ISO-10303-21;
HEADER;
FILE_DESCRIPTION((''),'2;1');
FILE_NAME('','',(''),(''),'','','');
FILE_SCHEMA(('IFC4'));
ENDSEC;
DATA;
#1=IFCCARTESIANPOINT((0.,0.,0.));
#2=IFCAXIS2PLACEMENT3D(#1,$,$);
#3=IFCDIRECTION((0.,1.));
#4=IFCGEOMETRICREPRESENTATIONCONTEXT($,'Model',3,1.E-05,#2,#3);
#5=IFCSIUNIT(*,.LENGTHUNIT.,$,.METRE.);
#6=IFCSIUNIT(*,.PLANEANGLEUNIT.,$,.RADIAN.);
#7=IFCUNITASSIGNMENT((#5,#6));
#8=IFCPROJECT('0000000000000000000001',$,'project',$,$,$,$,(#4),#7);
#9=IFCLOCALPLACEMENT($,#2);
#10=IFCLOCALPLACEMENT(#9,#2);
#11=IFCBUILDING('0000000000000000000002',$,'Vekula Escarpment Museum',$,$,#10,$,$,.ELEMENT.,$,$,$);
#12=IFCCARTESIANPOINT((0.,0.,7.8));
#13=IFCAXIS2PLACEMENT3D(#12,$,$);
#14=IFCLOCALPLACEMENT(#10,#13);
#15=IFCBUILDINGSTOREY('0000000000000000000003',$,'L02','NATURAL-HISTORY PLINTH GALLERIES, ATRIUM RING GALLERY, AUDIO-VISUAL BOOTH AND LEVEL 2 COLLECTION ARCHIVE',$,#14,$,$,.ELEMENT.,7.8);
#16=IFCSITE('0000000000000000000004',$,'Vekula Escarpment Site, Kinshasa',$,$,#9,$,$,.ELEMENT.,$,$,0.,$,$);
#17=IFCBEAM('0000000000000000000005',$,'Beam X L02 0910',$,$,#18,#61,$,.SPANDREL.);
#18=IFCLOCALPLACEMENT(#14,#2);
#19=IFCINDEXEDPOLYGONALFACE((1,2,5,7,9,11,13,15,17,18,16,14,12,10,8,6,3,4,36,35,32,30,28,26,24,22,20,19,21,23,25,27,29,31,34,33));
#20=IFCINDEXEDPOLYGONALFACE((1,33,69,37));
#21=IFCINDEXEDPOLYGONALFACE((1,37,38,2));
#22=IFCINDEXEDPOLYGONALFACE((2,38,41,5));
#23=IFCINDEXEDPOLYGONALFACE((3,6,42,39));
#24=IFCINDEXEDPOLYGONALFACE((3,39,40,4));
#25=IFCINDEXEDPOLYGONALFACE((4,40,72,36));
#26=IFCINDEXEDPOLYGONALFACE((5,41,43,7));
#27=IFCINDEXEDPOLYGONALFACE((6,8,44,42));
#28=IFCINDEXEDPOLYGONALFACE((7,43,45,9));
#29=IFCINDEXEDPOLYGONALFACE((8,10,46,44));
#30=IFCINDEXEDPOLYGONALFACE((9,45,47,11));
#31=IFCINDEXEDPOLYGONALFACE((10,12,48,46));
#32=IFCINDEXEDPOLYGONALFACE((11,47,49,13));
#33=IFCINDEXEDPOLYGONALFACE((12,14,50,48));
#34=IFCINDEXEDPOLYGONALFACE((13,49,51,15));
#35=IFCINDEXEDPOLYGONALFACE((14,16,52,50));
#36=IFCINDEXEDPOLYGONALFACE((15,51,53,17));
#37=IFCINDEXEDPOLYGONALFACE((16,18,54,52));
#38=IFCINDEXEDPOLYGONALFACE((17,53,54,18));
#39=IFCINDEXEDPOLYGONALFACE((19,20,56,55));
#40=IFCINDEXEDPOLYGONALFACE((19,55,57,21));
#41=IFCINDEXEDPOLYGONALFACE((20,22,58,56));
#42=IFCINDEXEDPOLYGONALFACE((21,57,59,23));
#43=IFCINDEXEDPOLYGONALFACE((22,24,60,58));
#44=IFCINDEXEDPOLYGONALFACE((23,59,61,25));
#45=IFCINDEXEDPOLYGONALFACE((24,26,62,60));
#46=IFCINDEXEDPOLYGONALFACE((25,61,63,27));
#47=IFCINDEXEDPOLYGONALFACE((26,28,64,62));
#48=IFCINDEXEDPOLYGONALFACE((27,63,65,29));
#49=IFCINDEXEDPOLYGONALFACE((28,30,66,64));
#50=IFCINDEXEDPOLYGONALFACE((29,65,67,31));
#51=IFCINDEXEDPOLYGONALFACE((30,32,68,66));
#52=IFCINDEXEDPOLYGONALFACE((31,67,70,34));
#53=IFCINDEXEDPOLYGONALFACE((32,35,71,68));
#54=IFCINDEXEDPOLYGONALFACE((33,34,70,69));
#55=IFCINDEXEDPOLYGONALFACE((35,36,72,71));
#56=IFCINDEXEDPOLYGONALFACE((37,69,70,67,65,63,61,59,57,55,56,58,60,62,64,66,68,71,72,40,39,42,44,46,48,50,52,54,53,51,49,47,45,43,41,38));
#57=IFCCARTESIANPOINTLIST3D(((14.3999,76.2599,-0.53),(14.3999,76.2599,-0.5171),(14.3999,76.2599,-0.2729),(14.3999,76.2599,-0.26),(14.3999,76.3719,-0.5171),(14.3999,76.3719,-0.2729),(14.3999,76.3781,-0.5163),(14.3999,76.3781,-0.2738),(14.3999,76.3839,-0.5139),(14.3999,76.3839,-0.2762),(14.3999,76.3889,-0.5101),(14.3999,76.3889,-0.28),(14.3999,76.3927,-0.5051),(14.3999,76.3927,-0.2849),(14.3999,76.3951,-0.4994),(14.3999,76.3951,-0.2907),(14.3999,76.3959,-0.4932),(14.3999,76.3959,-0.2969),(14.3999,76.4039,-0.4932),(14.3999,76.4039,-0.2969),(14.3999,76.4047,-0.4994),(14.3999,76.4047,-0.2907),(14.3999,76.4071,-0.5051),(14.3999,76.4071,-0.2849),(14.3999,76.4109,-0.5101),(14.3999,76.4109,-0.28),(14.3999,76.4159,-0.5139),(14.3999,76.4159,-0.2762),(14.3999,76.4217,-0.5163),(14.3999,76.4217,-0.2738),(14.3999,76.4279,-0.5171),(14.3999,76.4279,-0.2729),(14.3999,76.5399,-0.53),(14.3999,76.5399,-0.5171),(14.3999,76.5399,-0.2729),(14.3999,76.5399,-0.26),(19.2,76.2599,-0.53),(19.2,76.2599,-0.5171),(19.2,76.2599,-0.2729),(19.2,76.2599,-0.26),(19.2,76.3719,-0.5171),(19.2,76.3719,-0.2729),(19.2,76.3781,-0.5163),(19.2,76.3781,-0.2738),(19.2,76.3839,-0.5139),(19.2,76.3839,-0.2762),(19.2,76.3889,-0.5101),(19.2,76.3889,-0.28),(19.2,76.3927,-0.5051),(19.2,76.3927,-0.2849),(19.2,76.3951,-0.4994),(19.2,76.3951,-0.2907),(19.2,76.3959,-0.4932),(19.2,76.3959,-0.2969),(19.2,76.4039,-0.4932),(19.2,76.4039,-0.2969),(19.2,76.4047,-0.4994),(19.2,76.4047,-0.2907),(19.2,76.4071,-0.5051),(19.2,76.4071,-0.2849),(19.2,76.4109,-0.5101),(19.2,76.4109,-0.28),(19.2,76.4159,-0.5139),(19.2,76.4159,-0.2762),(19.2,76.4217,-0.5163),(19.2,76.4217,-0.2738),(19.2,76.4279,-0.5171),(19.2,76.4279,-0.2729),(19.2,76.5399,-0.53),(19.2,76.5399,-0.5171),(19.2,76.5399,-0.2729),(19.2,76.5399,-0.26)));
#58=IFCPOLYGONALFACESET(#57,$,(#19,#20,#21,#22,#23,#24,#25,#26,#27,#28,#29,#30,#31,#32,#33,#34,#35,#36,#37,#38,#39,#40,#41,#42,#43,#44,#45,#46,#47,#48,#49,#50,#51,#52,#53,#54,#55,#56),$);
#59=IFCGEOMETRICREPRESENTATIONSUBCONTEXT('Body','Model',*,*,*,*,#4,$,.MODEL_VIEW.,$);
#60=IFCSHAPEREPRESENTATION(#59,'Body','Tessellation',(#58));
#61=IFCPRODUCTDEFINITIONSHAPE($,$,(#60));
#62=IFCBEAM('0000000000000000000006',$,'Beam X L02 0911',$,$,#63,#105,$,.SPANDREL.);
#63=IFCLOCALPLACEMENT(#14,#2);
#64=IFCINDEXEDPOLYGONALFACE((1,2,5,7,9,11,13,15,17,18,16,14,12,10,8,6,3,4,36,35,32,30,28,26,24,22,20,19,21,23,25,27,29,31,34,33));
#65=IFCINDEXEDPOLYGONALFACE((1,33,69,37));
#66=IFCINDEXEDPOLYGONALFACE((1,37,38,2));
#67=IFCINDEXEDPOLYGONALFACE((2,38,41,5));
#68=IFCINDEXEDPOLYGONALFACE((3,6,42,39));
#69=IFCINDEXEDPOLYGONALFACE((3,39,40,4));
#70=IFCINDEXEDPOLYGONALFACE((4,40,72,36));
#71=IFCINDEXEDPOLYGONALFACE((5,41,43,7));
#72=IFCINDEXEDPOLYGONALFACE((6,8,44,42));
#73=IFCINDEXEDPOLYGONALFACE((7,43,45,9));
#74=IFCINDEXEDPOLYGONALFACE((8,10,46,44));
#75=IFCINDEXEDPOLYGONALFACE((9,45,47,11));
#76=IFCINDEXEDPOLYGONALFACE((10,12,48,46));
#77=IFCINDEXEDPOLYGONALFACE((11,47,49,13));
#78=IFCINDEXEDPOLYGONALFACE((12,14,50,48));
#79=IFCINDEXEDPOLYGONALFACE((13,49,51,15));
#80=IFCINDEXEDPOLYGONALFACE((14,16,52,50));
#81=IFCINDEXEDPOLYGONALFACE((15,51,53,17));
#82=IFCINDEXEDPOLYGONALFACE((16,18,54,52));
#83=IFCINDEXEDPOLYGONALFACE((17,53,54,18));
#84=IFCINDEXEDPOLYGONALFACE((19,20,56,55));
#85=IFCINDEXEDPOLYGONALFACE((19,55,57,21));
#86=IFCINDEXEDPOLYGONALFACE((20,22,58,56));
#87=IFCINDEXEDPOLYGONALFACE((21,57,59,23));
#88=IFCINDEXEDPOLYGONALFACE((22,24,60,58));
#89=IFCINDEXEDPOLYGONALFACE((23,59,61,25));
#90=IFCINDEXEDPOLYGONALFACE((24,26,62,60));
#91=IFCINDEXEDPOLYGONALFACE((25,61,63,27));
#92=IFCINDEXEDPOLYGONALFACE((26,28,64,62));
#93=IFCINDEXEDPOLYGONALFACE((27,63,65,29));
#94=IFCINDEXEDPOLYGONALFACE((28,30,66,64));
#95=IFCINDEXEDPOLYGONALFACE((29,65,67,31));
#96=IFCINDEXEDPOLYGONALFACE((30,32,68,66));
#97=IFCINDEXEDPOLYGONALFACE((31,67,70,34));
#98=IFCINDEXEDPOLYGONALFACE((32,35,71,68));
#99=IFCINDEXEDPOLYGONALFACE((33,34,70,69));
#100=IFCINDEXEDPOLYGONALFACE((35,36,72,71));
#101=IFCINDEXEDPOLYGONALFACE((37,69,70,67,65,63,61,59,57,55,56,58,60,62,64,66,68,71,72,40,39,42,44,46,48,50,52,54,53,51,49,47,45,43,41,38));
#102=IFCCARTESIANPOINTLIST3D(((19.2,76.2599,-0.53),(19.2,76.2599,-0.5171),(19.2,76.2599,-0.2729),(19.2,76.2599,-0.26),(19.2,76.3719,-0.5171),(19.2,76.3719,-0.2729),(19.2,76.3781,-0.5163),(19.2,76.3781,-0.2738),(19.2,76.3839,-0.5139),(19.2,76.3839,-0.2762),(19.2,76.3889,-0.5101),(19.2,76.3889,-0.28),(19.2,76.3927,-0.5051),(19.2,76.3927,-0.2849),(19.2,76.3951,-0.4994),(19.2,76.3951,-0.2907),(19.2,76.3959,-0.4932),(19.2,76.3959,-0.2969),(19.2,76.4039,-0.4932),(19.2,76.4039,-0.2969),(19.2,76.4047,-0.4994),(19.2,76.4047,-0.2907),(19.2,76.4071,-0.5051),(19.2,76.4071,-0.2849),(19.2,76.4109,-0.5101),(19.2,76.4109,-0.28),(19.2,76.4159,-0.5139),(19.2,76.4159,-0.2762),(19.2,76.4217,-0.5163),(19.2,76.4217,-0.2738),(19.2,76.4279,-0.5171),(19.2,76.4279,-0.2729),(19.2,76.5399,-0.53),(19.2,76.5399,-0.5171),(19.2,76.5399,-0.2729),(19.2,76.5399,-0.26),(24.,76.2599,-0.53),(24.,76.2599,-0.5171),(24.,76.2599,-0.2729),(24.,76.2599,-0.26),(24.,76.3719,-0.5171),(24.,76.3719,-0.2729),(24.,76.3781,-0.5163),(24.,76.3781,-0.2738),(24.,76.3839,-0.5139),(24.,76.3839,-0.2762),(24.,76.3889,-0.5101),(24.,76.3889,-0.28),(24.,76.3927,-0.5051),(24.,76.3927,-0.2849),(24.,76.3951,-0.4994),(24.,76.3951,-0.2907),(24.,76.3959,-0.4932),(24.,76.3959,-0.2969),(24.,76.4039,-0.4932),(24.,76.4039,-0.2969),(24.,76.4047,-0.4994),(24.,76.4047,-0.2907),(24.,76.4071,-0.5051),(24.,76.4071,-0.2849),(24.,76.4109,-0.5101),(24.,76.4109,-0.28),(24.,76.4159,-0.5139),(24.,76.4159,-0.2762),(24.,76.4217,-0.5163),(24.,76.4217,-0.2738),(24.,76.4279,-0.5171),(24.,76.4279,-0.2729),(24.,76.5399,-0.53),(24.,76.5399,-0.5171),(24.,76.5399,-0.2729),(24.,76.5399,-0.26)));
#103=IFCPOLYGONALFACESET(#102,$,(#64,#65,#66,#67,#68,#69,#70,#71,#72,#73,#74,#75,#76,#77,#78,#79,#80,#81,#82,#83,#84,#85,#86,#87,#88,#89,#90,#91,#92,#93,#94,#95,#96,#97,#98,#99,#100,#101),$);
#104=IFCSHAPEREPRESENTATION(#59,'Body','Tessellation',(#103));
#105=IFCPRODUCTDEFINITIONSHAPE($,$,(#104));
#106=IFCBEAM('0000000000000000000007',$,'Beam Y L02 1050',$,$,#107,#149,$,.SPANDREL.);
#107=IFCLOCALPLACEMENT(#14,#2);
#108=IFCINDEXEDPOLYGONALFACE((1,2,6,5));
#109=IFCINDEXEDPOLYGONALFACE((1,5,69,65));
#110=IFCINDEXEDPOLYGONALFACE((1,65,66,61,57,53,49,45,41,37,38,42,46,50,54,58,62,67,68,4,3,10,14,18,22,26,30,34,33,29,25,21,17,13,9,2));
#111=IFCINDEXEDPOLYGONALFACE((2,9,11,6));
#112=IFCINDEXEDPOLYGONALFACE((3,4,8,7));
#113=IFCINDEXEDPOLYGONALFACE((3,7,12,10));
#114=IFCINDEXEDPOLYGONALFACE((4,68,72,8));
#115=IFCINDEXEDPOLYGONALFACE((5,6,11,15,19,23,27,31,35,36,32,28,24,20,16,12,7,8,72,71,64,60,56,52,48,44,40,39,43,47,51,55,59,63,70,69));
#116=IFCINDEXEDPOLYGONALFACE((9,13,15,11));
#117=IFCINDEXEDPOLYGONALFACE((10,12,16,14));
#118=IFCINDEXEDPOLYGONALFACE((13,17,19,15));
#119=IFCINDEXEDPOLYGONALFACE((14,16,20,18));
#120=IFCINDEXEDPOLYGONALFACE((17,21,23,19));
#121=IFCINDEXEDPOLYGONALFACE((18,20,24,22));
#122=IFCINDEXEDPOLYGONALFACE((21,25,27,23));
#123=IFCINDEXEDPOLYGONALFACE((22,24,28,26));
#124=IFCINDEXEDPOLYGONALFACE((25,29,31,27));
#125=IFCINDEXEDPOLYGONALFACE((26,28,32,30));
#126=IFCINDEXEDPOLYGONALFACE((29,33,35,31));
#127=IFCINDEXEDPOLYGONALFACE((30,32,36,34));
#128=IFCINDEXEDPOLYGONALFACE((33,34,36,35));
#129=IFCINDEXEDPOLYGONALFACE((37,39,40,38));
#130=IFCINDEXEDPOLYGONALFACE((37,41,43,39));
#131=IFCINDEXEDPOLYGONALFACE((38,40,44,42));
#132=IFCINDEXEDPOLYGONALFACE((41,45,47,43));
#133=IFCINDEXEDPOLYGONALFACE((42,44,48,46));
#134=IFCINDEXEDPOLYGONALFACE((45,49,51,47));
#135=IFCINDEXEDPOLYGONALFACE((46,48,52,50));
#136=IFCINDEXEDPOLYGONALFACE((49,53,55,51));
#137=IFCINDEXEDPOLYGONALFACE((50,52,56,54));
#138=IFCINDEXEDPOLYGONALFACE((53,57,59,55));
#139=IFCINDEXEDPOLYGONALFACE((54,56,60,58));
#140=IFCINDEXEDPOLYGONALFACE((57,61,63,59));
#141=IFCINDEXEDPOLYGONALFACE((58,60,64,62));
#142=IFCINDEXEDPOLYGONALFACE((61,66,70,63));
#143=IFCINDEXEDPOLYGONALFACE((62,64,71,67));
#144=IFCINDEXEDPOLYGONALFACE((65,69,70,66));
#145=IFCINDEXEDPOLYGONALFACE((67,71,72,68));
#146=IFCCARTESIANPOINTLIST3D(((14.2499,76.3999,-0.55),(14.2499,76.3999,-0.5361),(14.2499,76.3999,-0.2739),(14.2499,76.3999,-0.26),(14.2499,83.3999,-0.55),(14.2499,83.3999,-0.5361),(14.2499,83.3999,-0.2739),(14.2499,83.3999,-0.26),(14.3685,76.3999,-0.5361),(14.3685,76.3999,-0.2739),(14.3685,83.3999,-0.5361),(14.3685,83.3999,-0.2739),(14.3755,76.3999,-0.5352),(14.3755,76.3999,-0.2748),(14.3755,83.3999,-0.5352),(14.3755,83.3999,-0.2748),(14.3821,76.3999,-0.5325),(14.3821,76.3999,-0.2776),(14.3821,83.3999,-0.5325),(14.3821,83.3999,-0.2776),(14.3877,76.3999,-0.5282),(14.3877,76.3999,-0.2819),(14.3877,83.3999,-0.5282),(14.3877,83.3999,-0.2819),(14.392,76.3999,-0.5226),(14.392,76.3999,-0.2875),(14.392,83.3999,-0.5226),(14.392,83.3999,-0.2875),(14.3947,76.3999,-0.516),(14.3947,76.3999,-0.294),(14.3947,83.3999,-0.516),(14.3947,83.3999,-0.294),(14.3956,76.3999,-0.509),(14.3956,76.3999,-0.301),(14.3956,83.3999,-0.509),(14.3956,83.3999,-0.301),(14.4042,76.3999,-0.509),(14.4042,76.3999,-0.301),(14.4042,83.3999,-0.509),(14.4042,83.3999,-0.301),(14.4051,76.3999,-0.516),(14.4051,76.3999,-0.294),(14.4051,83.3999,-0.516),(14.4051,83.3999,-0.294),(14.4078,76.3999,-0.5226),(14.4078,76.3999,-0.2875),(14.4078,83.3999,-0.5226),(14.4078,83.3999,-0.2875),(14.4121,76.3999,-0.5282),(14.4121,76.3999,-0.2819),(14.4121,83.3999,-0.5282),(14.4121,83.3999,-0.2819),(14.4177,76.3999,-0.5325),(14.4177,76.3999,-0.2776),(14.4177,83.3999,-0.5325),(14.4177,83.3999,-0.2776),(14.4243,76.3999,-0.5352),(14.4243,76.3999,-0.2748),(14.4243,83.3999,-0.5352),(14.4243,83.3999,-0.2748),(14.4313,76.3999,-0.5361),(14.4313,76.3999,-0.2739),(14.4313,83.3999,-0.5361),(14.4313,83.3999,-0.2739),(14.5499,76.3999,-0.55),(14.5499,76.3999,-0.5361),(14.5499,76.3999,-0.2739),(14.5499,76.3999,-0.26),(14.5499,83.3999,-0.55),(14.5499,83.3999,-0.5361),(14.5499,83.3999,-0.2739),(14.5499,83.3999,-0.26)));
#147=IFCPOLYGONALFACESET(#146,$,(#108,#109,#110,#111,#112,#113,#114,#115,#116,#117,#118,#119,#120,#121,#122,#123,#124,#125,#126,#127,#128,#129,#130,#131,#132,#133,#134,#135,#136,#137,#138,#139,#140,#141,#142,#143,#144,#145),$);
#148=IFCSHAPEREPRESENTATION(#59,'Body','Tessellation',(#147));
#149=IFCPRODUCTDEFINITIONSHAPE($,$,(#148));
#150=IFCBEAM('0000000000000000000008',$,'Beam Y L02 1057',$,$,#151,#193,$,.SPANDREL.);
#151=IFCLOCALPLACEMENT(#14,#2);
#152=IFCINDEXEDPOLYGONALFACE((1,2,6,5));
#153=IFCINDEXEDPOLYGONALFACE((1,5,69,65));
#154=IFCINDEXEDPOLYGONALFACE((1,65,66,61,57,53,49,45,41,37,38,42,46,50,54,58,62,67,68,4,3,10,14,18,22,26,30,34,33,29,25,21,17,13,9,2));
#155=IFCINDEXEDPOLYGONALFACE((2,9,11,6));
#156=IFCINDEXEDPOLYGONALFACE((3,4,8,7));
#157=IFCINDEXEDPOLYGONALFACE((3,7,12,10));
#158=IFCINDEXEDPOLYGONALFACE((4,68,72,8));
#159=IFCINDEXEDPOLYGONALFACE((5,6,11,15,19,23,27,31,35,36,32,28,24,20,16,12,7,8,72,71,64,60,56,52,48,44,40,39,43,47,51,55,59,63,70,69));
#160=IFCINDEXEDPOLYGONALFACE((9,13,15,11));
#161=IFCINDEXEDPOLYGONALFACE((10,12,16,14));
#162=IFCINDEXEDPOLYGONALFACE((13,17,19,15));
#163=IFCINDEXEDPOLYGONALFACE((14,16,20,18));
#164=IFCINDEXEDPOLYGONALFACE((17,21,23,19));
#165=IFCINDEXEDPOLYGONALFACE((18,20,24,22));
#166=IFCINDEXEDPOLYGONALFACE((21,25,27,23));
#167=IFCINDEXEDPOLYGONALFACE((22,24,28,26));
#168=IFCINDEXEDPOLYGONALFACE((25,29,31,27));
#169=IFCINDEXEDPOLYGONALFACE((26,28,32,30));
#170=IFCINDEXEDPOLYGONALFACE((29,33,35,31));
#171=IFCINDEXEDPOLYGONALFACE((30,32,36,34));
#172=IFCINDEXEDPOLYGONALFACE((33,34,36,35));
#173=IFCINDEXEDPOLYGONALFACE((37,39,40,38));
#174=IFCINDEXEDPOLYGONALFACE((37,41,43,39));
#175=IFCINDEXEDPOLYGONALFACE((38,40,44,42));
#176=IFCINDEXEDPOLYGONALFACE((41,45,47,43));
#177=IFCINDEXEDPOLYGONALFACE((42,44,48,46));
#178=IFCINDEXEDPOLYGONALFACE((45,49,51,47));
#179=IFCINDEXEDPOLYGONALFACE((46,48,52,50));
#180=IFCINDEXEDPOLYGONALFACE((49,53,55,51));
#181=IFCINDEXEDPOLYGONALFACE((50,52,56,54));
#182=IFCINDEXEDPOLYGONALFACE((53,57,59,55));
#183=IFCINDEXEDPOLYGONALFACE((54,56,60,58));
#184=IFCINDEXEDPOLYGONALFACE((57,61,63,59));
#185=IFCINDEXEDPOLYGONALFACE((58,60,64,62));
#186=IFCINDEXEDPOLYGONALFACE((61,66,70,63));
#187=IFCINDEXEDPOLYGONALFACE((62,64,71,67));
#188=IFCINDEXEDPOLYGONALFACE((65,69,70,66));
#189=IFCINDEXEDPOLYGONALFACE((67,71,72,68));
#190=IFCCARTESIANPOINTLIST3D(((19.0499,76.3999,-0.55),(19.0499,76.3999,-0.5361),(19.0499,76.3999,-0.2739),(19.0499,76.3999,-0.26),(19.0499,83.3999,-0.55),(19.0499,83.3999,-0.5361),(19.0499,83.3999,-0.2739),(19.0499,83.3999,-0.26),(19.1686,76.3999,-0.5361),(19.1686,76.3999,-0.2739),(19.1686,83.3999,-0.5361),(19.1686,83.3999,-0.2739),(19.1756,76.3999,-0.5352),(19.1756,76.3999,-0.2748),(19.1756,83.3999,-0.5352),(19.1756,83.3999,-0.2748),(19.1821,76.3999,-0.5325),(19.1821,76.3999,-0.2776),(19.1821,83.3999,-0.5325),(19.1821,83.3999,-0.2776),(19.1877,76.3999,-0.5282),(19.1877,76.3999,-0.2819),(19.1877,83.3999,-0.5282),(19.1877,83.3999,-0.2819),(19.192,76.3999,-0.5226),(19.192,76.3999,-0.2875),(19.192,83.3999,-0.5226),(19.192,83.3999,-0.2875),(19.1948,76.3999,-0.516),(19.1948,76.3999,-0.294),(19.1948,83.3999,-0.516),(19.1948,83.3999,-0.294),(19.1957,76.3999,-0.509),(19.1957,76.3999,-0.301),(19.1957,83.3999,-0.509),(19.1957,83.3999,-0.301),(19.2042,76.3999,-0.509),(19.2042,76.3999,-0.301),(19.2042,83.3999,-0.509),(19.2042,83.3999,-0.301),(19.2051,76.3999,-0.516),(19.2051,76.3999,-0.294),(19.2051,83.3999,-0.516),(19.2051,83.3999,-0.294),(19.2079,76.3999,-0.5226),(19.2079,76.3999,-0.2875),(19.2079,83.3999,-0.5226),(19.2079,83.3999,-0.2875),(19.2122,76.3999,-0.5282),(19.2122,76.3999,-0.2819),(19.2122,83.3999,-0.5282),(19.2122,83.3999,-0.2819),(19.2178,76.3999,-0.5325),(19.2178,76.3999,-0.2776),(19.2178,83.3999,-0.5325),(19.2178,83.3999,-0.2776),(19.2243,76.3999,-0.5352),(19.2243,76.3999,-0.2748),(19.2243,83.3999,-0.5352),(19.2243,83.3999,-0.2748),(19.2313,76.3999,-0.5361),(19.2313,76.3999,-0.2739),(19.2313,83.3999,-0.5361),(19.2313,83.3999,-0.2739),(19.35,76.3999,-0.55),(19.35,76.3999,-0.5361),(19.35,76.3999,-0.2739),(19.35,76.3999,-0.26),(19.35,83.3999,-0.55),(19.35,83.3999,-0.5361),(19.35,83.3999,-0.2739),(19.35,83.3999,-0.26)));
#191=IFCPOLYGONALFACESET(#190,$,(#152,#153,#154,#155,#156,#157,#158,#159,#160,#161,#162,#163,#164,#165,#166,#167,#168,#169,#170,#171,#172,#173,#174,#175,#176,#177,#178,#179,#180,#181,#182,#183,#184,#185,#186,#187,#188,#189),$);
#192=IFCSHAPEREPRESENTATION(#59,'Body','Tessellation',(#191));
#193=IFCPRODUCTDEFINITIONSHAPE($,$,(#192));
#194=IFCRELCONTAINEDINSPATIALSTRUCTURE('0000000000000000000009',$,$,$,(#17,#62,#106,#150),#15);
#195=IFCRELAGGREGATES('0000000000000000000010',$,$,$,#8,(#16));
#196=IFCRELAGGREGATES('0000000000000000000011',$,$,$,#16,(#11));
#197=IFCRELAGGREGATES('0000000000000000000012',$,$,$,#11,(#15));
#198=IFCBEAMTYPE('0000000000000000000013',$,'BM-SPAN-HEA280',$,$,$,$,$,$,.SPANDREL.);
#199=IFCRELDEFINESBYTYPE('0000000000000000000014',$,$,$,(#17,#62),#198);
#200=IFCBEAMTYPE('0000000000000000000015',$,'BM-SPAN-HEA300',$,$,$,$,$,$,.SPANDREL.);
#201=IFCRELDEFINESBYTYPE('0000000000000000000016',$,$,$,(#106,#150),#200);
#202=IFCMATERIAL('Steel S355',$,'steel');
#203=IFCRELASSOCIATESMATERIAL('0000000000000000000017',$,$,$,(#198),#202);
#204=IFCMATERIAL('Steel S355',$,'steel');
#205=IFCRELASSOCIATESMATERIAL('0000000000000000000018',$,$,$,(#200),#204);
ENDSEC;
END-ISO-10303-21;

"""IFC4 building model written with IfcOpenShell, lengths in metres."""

from ifc_helpers import new_model, si_unit, direction, frame, origin, origin_2d, place, context, subcontext, project, spatial, i_section, extrude, material, material_profile, profile_set, type_object, element, save


model = new_model("IFC4")

# Units and contexts
model_context = context("Model", 3, precision=1e-05, world=origin(), true_north=direction((0.0, 1.0)))
body_context = subcontext(model_context, "Body", "Model", "MODEL_VIEW")
ifc_project = project(units=[si_unit("LENGTHUNIT", "METRE"), si_unit("PLANEANGLEUNIT", "RADIAN")], contexts=[model_context])

# Site, building, storey
site_placement = place(None, origin())
site = spatial("IfcSite", under=ifc_project, at=site_placement, Name="Vekula Escarpment Site, Kinshasa", CompositionType="ELEMENT", RefElevation=0.0)
building_placement = place(site_placement, origin())
building = spatial("IfcBuilding", under=site, at=building_placement, Name="Vekula Escarpment Museum", CompositionType="ELEMENT")
storey_placement = place(building_placement, frame((0.0, 0.0, 7.8)))
storey = spatial("IfcBuildingStorey", under=building, at=storey_placement, Name="L02", Description="NATURAL-HISTORY PLINTH GALLERIES, ATRIUM RING GALLERY, AUDIO-VISUAL BOOTH AND LEVEL 2 COLLECTION ARCHIVE", CompositionType="ELEMENT", Elevation=7.8)

# Beams
ifc_material_1 = material(Name="Steel S355", Category="steel")
ifc_material_profile_1 = material_profile(ifc_material_1, i_section(OverallWidth=0.28, OverallDepth=0.27, WebThickness=0.0081, FlangeThickness=0.0129, FilletRadius=0.0239, at=origin_2d()), Name="HEA 280")
ifc_profile_set_1 = profile_set([ifc_material_profile_1], Name="Steel S355")
beam_type_1 = type_object("IfcBeamType", Name="BM-SPAN-HEA280", PredefinedType="SPANDREL", material=ifc_profile_set_1)
for number, where, z_axis, x_axis, name in (
    (1, (14.3999, 76.3999, -0.395), (1.0, 0.0, 0.0), (0.0, 1.0, 0.0), "Beam X L02 0910"),
    (2, (19.2, 76.3999, -0.395), (1.0, 0.0, 0.0), (0.0, 1.0, 0.0), "Beam X L02 0911"),
):
    element("IfcBeam", number, at=place(storey_placement, frame(where, z_axis=z_axis, x_axis=x_axis)), inside=storey, type_object=beam_type_1, Name=name, PredefinedType="SPANDREL", context=body_context, shape_type="SweptSolid", body=[
        extrude(i_section(OverallWidth=0.28, OverallDepth=0.27, WebThickness=0.0081, FlangeThickness=0.0129, FilletRadius=0.0239, at=origin_2d()), origin(), (0.0, 0.0, 1.0), 4.8),
    ])
ifc_material_2 = material(Name="Steel S355", Category="steel")
ifc_material_profile_2 = material_profile(ifc_material_2, i_section(OverallWidth=0.3, OverallDepth=0.29, WebThickness=0.0085, FlangeThickness=0.0139, FilletRadius=0.0271, at=origin_2d()), Name="HEA 300")
ifc_profile_set_2 = profile_set([ifc_material_profile_2], Name="Steel S355")
beam_type_2 = type_object("IfcBeamType", Name="BM-SPAN-HEA300", PredefinedType="SPANDREL", material=ifc_profile_set_2)
for number, where, z_axis, x_axis, name in (
    (3, (14.3999, 76.3999, -0.405), (0.0, 1.0, 0.0), (-1.0, 0.0, 0.0), "Beam Y L02 1050"),
    (4, (19.2, 76.3999, -0.405), (0.0, 1.0, 0.0), (-1.0, 0.0, 0.0), "Beam Y L02 1057"),
):
    element("IfcBeam", number, at=place(storey_placement, frame(where, z_axis=z_axis, x_axis=x_axis)), inside=storey, type_object=beam_type_2, Name=name, PredefinedType="SPANDREL", context=body_context, shape_type="SweptSolid", body=[
        extrude(i_section(OverallWidth=0.3, OverallDepth=0.29, WebThickness=0.0085, FlangeThickness=0.0139, FilletRadius=0.0271, at=origin_2d()), origin(), (0.0, 0.0, 1.0), 7.0),
    ])

save(model, "model.ifc")
